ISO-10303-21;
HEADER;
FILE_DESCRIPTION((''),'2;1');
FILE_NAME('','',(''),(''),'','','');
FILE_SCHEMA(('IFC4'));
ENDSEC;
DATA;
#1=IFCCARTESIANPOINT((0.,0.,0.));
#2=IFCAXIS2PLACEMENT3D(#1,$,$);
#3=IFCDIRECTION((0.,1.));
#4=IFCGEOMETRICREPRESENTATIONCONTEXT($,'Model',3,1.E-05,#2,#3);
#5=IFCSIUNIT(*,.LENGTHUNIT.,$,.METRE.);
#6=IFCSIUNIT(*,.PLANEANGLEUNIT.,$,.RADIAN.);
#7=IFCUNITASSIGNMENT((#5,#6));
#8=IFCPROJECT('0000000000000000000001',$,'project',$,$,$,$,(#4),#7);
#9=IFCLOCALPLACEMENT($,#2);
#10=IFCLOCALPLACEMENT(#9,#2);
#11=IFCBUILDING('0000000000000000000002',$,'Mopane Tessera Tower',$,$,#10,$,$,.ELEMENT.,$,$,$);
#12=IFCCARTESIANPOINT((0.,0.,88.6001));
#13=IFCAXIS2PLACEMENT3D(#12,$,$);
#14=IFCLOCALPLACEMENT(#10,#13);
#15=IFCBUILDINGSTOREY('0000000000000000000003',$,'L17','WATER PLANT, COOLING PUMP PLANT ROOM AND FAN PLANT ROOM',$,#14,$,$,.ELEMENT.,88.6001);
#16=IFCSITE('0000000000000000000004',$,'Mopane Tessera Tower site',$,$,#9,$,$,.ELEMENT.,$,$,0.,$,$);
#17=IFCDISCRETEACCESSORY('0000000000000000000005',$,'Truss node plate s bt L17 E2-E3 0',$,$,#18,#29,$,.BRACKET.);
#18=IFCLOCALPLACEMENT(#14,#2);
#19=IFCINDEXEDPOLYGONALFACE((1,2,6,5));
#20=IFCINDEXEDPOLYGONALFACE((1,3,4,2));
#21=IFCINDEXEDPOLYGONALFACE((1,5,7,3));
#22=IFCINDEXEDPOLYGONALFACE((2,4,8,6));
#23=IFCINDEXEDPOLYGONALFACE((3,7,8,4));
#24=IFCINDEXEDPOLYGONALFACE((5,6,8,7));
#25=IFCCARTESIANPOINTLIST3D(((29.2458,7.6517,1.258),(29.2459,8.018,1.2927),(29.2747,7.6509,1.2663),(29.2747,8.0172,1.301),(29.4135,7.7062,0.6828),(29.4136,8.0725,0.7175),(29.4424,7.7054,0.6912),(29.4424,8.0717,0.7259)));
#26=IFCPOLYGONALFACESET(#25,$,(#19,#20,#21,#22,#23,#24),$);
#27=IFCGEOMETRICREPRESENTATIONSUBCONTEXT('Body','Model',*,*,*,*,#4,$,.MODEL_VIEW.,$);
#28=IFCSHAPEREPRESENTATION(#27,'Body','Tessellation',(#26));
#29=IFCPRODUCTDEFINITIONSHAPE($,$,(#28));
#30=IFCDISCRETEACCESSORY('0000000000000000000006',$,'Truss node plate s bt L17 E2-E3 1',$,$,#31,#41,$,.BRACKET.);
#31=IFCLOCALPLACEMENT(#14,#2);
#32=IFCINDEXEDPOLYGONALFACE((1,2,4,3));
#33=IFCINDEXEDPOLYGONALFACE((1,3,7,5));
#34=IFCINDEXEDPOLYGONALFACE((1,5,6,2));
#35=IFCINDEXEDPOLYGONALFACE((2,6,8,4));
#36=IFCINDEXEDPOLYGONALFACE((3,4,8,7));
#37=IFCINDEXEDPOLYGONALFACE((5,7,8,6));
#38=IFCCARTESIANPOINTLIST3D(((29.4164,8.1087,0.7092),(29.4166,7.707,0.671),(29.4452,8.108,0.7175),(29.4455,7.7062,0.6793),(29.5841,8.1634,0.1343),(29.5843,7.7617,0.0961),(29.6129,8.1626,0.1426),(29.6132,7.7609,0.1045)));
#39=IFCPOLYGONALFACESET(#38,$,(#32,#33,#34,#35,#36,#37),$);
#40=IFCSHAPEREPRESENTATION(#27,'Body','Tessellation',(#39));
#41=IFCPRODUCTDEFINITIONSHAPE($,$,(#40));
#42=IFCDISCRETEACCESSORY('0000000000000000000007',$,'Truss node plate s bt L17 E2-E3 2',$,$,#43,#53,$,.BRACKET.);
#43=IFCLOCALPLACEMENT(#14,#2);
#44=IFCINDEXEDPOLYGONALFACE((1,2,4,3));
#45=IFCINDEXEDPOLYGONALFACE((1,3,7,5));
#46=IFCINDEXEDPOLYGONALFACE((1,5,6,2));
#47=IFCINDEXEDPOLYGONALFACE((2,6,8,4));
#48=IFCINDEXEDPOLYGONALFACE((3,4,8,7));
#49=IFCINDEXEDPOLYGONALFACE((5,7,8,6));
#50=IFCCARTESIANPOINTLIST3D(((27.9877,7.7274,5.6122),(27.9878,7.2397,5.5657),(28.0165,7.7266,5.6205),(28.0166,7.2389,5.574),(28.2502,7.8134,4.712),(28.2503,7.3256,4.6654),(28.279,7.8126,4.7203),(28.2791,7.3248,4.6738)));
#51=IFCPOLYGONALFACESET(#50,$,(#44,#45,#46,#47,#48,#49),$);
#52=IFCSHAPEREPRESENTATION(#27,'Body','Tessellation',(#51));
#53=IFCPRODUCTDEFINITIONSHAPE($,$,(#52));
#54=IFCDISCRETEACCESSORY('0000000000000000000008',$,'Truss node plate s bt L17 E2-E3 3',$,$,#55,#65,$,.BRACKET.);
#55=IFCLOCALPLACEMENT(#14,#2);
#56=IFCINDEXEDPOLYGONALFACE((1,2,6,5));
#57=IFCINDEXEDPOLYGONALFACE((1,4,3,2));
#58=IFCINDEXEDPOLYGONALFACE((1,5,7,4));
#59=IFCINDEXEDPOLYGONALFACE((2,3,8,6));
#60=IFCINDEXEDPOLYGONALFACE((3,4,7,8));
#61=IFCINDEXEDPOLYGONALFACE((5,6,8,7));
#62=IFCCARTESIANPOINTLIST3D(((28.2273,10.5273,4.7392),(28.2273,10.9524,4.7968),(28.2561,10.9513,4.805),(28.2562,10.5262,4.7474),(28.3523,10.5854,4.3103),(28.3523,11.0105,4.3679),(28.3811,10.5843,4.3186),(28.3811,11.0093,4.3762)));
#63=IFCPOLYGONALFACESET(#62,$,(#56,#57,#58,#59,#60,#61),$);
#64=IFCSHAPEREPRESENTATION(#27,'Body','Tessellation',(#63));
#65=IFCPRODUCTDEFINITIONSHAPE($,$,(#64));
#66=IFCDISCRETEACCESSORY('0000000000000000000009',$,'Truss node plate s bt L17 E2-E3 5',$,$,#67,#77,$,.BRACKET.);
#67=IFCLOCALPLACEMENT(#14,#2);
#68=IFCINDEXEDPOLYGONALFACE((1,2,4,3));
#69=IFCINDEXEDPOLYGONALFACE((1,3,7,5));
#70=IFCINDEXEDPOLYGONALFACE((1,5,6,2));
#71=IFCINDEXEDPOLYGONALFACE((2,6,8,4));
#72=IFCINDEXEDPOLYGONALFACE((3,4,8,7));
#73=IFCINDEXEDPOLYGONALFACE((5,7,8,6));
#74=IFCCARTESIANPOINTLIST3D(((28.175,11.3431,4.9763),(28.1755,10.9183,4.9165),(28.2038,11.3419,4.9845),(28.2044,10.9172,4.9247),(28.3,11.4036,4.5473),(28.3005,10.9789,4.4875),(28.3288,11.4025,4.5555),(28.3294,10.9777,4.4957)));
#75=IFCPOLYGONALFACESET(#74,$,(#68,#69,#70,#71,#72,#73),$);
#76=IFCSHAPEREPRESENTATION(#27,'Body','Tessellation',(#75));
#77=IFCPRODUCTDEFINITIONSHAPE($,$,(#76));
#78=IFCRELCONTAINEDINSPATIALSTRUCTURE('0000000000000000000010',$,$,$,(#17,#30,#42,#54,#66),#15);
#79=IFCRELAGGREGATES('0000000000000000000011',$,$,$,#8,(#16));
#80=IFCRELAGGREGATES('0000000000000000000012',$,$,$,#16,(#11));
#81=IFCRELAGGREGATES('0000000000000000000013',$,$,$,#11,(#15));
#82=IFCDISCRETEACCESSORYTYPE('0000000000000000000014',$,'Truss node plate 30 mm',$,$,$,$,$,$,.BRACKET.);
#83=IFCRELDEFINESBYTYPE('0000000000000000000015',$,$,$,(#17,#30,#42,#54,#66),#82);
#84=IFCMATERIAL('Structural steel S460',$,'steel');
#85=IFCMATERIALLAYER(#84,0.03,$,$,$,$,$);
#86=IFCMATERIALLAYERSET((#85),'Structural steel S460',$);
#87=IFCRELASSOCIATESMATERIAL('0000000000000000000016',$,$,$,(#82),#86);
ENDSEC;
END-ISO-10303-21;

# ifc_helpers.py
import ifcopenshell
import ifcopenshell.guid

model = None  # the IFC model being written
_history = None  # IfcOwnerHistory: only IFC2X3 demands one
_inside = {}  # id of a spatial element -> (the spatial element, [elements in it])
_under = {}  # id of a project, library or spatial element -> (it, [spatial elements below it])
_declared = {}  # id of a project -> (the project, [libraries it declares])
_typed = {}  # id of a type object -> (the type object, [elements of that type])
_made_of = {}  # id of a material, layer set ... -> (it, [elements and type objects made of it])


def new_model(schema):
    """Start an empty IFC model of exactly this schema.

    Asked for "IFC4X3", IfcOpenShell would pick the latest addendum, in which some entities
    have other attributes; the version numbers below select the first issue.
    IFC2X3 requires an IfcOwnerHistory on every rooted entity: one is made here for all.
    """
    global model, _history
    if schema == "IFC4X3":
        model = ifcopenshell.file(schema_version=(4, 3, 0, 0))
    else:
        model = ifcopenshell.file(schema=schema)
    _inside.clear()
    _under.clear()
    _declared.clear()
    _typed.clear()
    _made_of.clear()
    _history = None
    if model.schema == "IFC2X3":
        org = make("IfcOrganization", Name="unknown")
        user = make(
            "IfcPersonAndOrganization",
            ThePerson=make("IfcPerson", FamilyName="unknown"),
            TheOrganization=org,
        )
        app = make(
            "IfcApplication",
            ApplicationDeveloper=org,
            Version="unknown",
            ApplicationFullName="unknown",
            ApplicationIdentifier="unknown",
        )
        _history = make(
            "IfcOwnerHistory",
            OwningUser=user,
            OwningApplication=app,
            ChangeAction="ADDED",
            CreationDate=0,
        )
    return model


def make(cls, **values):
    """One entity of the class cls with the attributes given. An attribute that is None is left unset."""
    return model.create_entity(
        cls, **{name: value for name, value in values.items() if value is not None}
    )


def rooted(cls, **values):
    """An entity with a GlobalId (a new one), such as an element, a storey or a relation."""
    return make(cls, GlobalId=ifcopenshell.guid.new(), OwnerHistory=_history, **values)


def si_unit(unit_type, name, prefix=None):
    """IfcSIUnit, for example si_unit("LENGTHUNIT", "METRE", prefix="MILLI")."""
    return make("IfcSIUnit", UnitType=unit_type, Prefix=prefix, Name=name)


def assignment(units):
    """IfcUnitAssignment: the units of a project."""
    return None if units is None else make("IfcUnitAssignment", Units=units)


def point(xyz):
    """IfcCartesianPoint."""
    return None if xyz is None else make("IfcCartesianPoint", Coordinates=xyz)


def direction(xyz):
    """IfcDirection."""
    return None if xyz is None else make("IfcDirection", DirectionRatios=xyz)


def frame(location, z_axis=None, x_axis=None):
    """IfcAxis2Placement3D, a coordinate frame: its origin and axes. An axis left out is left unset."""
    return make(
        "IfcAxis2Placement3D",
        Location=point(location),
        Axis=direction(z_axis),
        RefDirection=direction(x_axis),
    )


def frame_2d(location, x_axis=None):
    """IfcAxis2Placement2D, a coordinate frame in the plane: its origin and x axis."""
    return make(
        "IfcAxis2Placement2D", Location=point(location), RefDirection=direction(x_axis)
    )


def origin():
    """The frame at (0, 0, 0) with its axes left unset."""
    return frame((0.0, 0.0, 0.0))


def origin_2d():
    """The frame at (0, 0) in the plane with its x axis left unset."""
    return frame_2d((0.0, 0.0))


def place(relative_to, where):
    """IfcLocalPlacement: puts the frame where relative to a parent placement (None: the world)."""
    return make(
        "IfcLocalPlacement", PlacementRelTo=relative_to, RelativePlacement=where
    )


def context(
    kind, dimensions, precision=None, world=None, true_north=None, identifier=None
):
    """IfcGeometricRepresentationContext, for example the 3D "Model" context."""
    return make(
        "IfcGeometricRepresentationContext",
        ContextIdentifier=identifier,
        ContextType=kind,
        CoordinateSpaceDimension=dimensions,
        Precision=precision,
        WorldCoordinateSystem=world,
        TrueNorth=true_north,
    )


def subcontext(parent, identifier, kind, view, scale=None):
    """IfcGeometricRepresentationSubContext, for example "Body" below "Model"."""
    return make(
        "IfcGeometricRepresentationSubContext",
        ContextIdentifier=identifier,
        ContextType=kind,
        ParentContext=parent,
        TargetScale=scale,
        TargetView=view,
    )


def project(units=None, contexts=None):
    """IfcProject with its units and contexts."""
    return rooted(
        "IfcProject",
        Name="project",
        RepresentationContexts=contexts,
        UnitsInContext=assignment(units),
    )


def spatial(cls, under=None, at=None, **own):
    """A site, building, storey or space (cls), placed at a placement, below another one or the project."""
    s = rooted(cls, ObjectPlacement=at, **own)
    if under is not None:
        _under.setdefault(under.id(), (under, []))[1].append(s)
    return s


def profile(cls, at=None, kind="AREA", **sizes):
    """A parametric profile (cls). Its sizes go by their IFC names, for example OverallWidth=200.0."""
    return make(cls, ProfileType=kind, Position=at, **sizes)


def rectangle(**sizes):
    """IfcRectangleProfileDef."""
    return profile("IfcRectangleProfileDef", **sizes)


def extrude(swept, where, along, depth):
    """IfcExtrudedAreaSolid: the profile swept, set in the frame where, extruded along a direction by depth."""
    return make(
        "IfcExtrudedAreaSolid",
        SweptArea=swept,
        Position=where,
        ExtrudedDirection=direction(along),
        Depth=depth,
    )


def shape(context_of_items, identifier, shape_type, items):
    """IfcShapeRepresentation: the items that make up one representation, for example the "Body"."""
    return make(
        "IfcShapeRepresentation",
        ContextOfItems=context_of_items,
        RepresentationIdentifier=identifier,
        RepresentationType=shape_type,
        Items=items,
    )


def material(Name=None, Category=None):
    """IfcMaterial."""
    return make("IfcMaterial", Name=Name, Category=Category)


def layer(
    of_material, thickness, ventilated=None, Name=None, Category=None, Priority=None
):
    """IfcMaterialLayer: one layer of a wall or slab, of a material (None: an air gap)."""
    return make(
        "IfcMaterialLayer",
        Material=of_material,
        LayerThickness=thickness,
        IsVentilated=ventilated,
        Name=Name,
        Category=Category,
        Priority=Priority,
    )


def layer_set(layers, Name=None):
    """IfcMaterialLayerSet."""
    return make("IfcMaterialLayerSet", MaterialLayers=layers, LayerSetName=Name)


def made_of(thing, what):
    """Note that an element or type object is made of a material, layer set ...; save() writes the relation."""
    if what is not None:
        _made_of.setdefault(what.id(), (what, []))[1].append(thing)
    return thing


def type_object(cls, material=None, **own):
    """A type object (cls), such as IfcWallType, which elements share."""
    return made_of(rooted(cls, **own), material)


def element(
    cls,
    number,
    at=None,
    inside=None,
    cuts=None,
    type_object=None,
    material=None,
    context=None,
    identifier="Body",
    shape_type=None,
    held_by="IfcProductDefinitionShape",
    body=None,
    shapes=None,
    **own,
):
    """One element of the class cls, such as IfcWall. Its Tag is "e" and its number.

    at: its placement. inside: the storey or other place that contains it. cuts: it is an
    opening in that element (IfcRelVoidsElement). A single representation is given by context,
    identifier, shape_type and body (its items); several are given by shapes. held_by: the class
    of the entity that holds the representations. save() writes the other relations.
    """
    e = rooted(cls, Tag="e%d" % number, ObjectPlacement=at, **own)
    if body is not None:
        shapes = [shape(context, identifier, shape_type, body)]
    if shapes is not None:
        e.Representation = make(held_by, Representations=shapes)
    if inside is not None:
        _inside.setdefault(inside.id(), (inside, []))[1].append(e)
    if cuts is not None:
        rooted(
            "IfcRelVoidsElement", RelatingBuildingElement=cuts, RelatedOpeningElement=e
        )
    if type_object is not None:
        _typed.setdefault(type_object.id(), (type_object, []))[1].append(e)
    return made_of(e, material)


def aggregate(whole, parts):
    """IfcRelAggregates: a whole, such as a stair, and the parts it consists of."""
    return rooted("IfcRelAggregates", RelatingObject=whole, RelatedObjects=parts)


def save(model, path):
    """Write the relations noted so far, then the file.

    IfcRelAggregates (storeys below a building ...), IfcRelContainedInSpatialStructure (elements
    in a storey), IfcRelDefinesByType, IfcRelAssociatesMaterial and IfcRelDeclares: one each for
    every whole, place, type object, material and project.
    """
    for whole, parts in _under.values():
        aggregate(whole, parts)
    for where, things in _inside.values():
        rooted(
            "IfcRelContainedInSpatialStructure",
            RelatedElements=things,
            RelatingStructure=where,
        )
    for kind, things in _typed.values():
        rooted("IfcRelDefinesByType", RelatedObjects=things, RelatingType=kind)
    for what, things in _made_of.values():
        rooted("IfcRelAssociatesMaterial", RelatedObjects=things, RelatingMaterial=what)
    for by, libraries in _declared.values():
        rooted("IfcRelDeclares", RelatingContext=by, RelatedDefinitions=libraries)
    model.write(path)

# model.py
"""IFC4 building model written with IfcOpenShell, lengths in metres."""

from ifc_helpers import new_model, si_unit, direction, frame, origin, origin_2d, place, context, subcontext, project, spatial, rectangle, extrude, material, layer, layer_set, type_object, element, save


model = new_model("IFC4")

# Units and contexts
model_context = context("Model", 3, precision=1e-05, world=origin(), true_north=direction((0.0, 1.0)))
body_context = subcontext(model_context, "Body", "Model", "MODEL_VIEW")
ifc_project = project(units=[si_unit("LENGTHUNIT", "METRE"), si_unit("PLANEANGLEUNIT", "RADIAN")], contexts=[model_context])

# Site, building, storey
site_placement = place(None, origin())
site = spatial("IfcSite", under=ifc_project, at=site_placement, Name="Mopane Tessera Tower site", CompositionType="ELEMENT", RefElevation=0.0)
building_placement = place(site_placement, origin())
building = spatial("IfcBuilding", under=site, at=building_placement, Name="Mopane Tessera Tower", CompositionType="ELEMENT")
storey_placement = place(building_placement, frame((0.0, 0.0, 88.6001)))
storey = spatial("IfcBuildingStorey", under=building, at=storey_placement, Name="L17", Description="WATER PLANT, COOLING PUMP PLANT ROOM AND FAN PLANT ROOM", CompositionType="ELEMENT", Elevation=88.6001)

# Discrete accessories
ifc_material_1 = material(Name="Structural steel S460", Category="steel")
ifc_layer_1 = layer(ifc_material_1, 0.03)
ifc_layer_set_1 = layer_set([ifc_layer_1], Name="Structural steel S460")
discrete_accessory_type_1 = type_object("IfcDiscreteAccessoryType", Name="Truss node plate 30 mm", PredefinedType="BRACKET", material=ifc_layer_set_1)
discrete_accessory_1_placement = place(storey_placement, frame((29.428, 7.8889, 0.7043), z_axis=(-0.278789, -0.090495, 0.956079), x_axis=(-0.960352, 0.026388, -0.277537)))
element("IfcDiscreteAccessory", 1, at=discrete_accessory_1_placement, inside=storey, type_object=discrete_accessory_type_1, Name="Truss node plate s bt L17 E2-E3 0", PredefinedType="BRACKET", context=body_context, shape_type="SweptSolid", body=[
    extrude(rectangle(XDim=0.03, YDim=0.3679, at=origin_2d()), origin(), (0.0, 0.0, 1.0), 0.6016),
])
discrete_accessory_2_placement = place(storey_placement, frame((29.5986, 7.9622, 0.1194), z_axis=(-0.278887, -0.090933, 0.956009), x_axis=(-0.960324, 0.025832, -0.277688)))
element("IfcDiscreteAccessory", 2, at=discrete_accessory_2_placement, inside=storey, type_object=discrete_accessory_type_1, Name="Truss node plate s bt L17 E2-E3 1", PredefinedType="BRACKET", context=body_context, shape_type="SweptSolid", body=[
    extrude(rectangle(XDim=0.03, YDim=0.4036, at=origin_2d()), origin(), (0.0, 0.0, 1.0), 0.6013),
])
discrete_accessory_3_placement = place(storey_placement, frame((28.2646, 7.5691, 4.6929), z_axis=(-0.278742, -0.091272, 0.956019), x_axis=(-0.960366, 0.026291, -0.277499)))
element("IfcDiscreteAccessory", 3, at=discrete_accessory_3_placement, inside=storey, type_object=discrete_accessory_type_1, Name="Truss node plate s bt L17 E2-E3 2", PredefinedType="BRACKET", context=body_context, shape_type="SweptSolid", body=[
    extrude(rectangle(XDim=0.03, YDim=0.49, at=origin_2d()), origin(), (0.0, 0.0, 1.0), 0.9417),
])
discrete_accessory_4_placement = place(storey_placement, frame((28.3667, 10.7974, 4.3433), z_axis=(-0.277433, -0.128963, 0.95205), x_axis=(-0.960745, 0.037184, -0.27493)))
element("IfcDiscreteAccessory", 4, at=discrete_accessory_4_placement, inside=storey, type_object=discrete_accessory_type_1, Name="Truss node plate s bt L17 E2-E3 3", PredefinedType="BRACKET", context=body_context, shape_type="SweptSolid", body=[
    extrude(rectangle(XDim=0.03, YDim=0.429, at=origin_2d()), origin(), (0.0, 0.0, 1.0), 0.4504),
])
discrete_accessory_5_placement = place(storey_placement, frame((28.3147, 11.1907, 4.5215), z_axis=(-0.277235, -0.134286, 0.951372), x_axis=(-0.960801, 0.037409, -0.274703)))
element("IfcDiscreteAccessory", 5, at=discrete_accessory_5_placement, inside=storey, type_object=discrete_accessory_type_1, Name="Truss node plate s bt L17 E2-E3 5", PredefinedType="BRACKET", context=body_context, shape_type="SweptSolid", body=[
    extrude(rectangle(XDim=0.03, YDim=0.429, at=origin_2d()), origin(), (0.0, 0.0, 1.0), 0.4509),
])

save(model, "model.ifc")
